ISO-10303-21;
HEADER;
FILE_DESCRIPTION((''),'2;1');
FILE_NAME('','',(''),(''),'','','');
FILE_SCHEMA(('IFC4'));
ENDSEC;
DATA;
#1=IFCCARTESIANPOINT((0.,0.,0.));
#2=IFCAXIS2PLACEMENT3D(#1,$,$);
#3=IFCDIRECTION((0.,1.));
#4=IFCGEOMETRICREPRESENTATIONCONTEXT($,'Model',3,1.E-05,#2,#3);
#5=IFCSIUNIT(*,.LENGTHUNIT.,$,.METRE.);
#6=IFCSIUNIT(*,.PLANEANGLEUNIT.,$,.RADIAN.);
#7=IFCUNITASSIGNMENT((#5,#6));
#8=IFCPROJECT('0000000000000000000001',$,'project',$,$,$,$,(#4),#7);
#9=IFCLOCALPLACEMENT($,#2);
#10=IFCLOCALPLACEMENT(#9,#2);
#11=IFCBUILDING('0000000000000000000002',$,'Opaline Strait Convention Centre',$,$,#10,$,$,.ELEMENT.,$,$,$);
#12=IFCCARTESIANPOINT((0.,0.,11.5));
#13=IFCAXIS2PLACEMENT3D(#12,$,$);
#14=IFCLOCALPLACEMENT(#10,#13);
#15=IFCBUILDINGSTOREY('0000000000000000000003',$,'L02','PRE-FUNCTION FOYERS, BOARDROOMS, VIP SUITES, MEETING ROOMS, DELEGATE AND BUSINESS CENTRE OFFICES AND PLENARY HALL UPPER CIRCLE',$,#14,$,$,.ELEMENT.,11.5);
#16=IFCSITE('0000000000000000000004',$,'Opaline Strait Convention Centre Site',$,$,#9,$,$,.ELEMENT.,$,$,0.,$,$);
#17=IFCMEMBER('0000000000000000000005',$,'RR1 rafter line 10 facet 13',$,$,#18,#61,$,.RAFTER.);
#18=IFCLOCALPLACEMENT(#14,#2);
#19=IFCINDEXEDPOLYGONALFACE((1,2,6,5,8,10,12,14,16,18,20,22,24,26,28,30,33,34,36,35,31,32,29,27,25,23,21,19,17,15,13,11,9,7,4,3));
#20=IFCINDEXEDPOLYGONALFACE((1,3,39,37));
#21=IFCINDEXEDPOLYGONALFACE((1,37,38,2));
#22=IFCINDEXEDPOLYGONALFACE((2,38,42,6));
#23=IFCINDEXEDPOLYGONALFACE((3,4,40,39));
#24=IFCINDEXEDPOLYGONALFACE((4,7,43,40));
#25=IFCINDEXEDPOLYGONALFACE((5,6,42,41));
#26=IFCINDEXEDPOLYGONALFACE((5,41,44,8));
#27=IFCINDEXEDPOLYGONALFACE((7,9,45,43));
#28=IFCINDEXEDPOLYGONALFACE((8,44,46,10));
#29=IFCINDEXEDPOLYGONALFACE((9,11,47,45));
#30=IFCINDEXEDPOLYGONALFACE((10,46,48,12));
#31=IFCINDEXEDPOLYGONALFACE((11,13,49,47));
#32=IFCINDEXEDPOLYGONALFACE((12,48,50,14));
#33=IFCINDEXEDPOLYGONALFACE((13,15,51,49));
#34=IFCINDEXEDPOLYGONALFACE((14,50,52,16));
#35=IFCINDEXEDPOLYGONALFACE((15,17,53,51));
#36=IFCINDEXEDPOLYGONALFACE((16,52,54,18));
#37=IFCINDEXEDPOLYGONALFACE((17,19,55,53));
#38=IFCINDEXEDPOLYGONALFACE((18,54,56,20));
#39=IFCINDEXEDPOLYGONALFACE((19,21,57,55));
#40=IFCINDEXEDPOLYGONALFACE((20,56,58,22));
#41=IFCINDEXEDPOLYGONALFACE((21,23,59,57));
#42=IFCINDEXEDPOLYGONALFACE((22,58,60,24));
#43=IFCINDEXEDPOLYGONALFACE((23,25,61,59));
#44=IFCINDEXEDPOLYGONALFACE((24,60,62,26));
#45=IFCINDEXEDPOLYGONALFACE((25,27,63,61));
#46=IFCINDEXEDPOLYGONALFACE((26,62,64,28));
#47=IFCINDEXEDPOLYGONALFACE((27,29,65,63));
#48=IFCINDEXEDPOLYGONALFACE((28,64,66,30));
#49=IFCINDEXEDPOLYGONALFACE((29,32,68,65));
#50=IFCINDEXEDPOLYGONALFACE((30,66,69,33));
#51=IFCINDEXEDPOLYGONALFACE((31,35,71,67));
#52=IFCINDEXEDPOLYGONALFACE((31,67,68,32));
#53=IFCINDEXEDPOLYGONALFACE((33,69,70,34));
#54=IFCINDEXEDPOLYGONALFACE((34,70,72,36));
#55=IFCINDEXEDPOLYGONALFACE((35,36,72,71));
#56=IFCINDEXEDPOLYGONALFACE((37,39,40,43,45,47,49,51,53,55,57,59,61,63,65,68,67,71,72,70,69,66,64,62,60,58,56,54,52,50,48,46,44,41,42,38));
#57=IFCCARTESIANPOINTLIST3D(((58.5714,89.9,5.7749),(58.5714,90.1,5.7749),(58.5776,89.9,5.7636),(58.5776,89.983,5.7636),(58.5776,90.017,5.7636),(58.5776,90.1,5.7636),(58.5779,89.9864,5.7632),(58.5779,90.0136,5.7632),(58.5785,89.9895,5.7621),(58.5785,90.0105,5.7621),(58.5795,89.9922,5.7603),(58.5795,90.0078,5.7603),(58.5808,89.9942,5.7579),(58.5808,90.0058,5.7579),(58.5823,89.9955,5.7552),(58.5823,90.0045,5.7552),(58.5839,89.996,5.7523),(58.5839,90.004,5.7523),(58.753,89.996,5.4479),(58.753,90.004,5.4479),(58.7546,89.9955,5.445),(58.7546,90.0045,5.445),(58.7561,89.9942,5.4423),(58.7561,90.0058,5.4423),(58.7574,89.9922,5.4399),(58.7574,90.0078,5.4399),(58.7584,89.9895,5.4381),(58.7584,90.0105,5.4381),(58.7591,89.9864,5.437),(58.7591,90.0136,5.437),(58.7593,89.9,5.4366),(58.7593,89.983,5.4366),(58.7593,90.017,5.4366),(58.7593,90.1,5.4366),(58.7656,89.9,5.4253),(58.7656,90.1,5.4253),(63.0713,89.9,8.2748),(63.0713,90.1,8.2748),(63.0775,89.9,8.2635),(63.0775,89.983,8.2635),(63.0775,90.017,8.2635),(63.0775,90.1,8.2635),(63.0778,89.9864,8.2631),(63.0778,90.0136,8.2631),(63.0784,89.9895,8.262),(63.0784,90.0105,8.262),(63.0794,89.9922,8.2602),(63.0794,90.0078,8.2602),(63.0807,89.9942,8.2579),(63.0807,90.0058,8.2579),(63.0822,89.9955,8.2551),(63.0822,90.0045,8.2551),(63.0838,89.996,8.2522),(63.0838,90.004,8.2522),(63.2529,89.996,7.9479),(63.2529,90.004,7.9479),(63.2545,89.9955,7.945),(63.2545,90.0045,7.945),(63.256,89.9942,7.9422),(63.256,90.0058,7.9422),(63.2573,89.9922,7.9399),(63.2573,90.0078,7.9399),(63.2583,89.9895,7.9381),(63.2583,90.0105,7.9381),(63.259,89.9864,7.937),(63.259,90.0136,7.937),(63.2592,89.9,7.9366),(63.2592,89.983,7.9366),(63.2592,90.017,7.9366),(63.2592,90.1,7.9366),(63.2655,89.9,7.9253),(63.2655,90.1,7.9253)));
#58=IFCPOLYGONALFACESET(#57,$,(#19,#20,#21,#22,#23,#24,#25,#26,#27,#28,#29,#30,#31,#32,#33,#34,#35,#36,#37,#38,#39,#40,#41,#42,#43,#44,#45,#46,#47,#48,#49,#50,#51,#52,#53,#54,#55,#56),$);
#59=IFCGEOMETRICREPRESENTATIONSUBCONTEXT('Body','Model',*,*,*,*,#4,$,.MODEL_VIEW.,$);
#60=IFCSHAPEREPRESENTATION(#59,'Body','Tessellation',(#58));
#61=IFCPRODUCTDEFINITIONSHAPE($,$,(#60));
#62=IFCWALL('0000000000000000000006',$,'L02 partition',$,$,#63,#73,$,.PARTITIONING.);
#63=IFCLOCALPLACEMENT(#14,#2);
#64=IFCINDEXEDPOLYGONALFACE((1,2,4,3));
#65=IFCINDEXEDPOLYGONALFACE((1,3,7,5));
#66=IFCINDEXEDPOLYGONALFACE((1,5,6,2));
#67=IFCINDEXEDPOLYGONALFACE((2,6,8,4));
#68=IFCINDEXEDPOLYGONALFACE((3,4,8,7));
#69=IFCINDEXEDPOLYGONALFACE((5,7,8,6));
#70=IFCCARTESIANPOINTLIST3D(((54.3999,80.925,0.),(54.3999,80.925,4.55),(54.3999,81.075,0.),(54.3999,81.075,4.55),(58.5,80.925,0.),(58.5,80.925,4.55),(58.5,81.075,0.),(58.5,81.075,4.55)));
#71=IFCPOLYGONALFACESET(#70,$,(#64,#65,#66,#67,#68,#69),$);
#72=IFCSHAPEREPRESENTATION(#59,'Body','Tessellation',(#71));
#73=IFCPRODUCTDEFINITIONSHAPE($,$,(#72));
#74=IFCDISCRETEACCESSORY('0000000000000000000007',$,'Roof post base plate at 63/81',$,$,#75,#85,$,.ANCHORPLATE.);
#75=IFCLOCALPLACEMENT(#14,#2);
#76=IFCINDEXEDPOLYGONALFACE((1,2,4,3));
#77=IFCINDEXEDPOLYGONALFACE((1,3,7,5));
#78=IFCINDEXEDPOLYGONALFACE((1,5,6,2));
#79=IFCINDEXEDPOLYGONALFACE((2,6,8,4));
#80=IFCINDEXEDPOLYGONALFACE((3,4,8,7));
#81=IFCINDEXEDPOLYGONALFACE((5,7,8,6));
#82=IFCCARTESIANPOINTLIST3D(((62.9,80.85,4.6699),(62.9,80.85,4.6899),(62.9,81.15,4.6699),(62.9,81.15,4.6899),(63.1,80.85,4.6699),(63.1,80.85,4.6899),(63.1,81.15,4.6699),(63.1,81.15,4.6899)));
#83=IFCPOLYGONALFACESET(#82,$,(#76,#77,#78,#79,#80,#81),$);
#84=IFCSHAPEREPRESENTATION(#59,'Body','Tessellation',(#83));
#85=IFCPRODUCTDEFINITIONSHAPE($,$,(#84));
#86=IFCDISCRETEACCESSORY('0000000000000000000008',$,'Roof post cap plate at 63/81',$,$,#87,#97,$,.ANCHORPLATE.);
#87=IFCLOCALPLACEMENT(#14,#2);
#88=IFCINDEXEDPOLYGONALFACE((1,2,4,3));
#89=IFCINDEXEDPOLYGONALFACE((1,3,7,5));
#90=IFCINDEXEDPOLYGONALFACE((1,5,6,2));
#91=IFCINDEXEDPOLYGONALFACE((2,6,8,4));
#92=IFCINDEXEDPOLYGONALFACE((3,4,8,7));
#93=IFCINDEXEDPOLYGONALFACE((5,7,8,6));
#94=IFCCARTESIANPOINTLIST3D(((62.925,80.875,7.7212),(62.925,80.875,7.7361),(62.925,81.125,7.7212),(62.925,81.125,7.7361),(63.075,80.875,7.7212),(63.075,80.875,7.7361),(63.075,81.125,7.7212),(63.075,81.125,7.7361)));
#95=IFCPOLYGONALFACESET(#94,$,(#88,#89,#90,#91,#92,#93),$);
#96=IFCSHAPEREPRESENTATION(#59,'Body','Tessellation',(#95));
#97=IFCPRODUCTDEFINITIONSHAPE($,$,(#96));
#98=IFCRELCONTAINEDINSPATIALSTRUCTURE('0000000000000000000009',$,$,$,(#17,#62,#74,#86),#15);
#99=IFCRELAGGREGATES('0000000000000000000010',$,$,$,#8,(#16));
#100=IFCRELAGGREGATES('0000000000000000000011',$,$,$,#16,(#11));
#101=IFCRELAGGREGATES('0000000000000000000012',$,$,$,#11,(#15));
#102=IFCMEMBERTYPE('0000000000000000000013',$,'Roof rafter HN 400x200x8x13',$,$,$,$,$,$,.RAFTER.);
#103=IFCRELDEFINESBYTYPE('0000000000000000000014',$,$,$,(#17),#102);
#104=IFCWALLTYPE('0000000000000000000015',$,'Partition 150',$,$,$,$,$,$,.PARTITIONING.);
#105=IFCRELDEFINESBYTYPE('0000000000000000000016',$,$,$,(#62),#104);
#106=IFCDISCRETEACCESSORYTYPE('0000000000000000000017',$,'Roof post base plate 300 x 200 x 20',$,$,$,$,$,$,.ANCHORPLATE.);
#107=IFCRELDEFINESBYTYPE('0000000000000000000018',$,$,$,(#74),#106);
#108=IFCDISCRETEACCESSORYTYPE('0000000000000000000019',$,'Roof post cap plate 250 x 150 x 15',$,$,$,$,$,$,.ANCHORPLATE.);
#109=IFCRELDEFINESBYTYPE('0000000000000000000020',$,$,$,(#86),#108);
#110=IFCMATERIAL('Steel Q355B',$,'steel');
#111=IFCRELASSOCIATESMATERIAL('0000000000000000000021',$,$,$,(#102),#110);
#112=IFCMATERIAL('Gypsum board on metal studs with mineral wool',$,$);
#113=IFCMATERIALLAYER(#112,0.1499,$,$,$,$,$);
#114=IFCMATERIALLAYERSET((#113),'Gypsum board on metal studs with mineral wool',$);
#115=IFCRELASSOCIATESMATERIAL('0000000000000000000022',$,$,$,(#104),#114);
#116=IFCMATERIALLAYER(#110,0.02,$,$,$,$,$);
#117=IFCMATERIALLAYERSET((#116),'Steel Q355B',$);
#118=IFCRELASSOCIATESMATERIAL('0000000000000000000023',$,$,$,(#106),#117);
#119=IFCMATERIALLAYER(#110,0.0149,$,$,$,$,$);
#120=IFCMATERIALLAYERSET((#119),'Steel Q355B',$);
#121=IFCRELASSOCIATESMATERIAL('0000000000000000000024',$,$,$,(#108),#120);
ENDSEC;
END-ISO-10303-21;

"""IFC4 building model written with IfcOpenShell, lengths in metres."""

from ifc_helpers import new_model, si_unit, direction, frame, frame_2d, origin, origin_2d, place, context, subcontext, project, spatial, rectangle, i_section, extrude, material, layer, layer_set, material_profile, profile_set, type_object, element, save


model = new_model("IFC4")

# Units and contexts
model_context = context("Model", 3, precision=1e-05, world=origin(), true_north=direction((0.0, 1.0)))
body_context = subcontext(model_context, "Body", "Model", "MODEL_VIEW")
ifc_project = project(units=[si_unit("LENGTHUNIT", "METRE"), si_unit("PLANEANGLEUNIT", "RADIAN")], contexts=[model_context])

# Site, building, storey
site_placement = place(None, origin())
site = spatial("IfcSite", under=ifc_project, at=site_placement, Name="Opaline Strait Convention Centre Site", CompositionType="ELEMENT", RefElevation=0.0)
building_placement = place(site_placement, origin())
building = spatial("IfcBuilding", under=site, at=building_placement, Name="Opaline Strait Convention Centre", CompositionType="ELEMENT")
storey_placement = place(building_placement, frame((0.0, 0.0, 11.5)))
storey = spatial("IfcBuildingStorey", under=building, at=storey_placement, Name="L02", Description="PRE-FUNCTION FOYERS, BOARDROOMS, VIP SUITES, MEETING ROOMS, DELEGATE AND BUSINESS CENTRE OFFICES AND PLENARY HALL UPPER CIRCLE", CompositionType="ELEMENT", Elevation=11.5)

# Shared definitions
ifc_material_1 = material(Name="Steel Q355B", Category="steel")

# Member
ifc_material_profile_1 = material_profile(ifc_material_1, i_section(OverallWidth=0.2, OverallDepth=0.3999, WebThickness=0.0081, FlangeThickness=0.0129, FilletRadius=0.0129, at=origin_2d()), Name="HN 400x200x8x13")
ifc_profile_set_1 = profile_set([ifc_material_profile_1], Name="Steel Q355B")
member_type_1 = type_object("IfcMemberType", Name="Roof rafter HN 400x200x8x13", PredefinedType="RAFTER", material=ifc_profile_set_1)
for number, where, z_axis, x_axis, name in (
    (1, (58.6685, 90.0, 5.6001), (0.874157, 0.0, 0.485643), (0.0, 1.0, 0.0), "RR1 rafter line 10 facet 13"),
):
    element("IfcMember", number, at=place(storey_placement, frame(where, z_axis=z_axis, x_axis=x_axis)), inside=storey, type_object=member_type_1, Name=name, PredefinedType="RAFTER", context=body_context, shape_type="SweptSolid", body=[
        extrude(i_section(OverallWidth=0.2, OverallDepth=0.3999, WebThickness=0.0081, FlangeThickness=0.0129, FilletRadius=0.0129, at=origin_2d()), origin(), (0.0, 0.0, 1.0), 5.1477),
    ])

# Wall
ifc_material_2 = material(Name="Gypsum board on metal studs with mineral wool")
ifc_layer_1 = layer(ifc_material_2, 0.1499)
ifc_layer_set_1 = layer_set([ifc_layer_1], Name="Gypsum board on metal studs with mineral wool")
wall_type_1 = type_object("IfcWallType", Name="Partition 150", PredefinedType="PARTITIONING", material=ifc_layer_set_1)
wall_1_placement = place(storey_placement, frame((54.3999, 81.0, 0.0), z_axis=(0.0, 0.0, 1.0), x_axis=(1.0, 0.0, 0.0)))
element("IfcWall", 2, at=wall_1_placement, inside=storey, type_object=wall_type_1, Name="L02 partition", PredefinedType="PARTITIONING", context=body_context, shape_type="SweptSolid", body=[
    extrude(rectangle(XDim=4.1001, YDim=0.1499, at=frame_2d((2.05, 0.0))), origin(), (0.0, 0.0, 1.0), 4.55),
])

# Discrete accessories
ifc_layer_2 = layer(ifc_material_1, 0.02)
ifc_layer_set_2 = layer_set([ifc_layer_2], Name="Steel Q355B")
discrete_accessory_type_1 = type_object("IfcDiscreteAccessoryType", Name="Roof post base plate 300 x 200 x 20", PredefinedType="ANCHORPLATE", material=ifc_layer_set_2)
discrete_accessory_1_placement = place(storey_placement, frame((63.0, 81.0, 4.6699), z_axis=(0.0, 0.0, 1.0), x_axis=(1.0, 0.0, 0.0)))
element("IfcDiscreteAccessory", 3, at=discrete_accessory_1_placement, inside=storey, type_object=discrete_accessory_type_1, Name="Roof post base plate at 63/81", PredefinedType="ANCHORPLATE", context=body_context, shape_type="SweptSolid", body=[
    extrude(rectangle(XDim=0.2, YDim=0.3, at=origin_2d()), origin(), (0.0, 0.0, 1.0), 0.02),
])
ifc_layer_3 = layer(ifc_material_1, 0.0149)
ifc_layer_set_3 = layer_set([ifc_layer_3], Name="Steel Q355B")
discrete_accessory_type_2 = type_object("IfcDiscreteAccessoryType", Name="Roof post cap plate 250 x 150 x 15", PredefinedType="ANCHORPLATE", material=ifc_layer_set_3)
discrete_accessory_2_placement = place(storey_placement, frame((63.0, 81.0, 7.7212), z_axis=(0.0, 0.0, 1.0), x_axis=(1.0, 0.0, 0.0)))
element("IfcDiscreteAccessory", 4, at=discrete_accessory_2_placement, inside=storey, type_object=discrete_accessory_type_2, Name="Roof post cap plate at 63/81", PredefinedType="ANCHORPLATE", context=body_context, shape_type="SweptSolid", body=[
    extrude(rectangle(XDim=0.1499, YDim=0.25, at=origin_2d()), origin(), (0.0, 0.0, 1.0), 0.0149),
])

save(model, "model.ifc")
